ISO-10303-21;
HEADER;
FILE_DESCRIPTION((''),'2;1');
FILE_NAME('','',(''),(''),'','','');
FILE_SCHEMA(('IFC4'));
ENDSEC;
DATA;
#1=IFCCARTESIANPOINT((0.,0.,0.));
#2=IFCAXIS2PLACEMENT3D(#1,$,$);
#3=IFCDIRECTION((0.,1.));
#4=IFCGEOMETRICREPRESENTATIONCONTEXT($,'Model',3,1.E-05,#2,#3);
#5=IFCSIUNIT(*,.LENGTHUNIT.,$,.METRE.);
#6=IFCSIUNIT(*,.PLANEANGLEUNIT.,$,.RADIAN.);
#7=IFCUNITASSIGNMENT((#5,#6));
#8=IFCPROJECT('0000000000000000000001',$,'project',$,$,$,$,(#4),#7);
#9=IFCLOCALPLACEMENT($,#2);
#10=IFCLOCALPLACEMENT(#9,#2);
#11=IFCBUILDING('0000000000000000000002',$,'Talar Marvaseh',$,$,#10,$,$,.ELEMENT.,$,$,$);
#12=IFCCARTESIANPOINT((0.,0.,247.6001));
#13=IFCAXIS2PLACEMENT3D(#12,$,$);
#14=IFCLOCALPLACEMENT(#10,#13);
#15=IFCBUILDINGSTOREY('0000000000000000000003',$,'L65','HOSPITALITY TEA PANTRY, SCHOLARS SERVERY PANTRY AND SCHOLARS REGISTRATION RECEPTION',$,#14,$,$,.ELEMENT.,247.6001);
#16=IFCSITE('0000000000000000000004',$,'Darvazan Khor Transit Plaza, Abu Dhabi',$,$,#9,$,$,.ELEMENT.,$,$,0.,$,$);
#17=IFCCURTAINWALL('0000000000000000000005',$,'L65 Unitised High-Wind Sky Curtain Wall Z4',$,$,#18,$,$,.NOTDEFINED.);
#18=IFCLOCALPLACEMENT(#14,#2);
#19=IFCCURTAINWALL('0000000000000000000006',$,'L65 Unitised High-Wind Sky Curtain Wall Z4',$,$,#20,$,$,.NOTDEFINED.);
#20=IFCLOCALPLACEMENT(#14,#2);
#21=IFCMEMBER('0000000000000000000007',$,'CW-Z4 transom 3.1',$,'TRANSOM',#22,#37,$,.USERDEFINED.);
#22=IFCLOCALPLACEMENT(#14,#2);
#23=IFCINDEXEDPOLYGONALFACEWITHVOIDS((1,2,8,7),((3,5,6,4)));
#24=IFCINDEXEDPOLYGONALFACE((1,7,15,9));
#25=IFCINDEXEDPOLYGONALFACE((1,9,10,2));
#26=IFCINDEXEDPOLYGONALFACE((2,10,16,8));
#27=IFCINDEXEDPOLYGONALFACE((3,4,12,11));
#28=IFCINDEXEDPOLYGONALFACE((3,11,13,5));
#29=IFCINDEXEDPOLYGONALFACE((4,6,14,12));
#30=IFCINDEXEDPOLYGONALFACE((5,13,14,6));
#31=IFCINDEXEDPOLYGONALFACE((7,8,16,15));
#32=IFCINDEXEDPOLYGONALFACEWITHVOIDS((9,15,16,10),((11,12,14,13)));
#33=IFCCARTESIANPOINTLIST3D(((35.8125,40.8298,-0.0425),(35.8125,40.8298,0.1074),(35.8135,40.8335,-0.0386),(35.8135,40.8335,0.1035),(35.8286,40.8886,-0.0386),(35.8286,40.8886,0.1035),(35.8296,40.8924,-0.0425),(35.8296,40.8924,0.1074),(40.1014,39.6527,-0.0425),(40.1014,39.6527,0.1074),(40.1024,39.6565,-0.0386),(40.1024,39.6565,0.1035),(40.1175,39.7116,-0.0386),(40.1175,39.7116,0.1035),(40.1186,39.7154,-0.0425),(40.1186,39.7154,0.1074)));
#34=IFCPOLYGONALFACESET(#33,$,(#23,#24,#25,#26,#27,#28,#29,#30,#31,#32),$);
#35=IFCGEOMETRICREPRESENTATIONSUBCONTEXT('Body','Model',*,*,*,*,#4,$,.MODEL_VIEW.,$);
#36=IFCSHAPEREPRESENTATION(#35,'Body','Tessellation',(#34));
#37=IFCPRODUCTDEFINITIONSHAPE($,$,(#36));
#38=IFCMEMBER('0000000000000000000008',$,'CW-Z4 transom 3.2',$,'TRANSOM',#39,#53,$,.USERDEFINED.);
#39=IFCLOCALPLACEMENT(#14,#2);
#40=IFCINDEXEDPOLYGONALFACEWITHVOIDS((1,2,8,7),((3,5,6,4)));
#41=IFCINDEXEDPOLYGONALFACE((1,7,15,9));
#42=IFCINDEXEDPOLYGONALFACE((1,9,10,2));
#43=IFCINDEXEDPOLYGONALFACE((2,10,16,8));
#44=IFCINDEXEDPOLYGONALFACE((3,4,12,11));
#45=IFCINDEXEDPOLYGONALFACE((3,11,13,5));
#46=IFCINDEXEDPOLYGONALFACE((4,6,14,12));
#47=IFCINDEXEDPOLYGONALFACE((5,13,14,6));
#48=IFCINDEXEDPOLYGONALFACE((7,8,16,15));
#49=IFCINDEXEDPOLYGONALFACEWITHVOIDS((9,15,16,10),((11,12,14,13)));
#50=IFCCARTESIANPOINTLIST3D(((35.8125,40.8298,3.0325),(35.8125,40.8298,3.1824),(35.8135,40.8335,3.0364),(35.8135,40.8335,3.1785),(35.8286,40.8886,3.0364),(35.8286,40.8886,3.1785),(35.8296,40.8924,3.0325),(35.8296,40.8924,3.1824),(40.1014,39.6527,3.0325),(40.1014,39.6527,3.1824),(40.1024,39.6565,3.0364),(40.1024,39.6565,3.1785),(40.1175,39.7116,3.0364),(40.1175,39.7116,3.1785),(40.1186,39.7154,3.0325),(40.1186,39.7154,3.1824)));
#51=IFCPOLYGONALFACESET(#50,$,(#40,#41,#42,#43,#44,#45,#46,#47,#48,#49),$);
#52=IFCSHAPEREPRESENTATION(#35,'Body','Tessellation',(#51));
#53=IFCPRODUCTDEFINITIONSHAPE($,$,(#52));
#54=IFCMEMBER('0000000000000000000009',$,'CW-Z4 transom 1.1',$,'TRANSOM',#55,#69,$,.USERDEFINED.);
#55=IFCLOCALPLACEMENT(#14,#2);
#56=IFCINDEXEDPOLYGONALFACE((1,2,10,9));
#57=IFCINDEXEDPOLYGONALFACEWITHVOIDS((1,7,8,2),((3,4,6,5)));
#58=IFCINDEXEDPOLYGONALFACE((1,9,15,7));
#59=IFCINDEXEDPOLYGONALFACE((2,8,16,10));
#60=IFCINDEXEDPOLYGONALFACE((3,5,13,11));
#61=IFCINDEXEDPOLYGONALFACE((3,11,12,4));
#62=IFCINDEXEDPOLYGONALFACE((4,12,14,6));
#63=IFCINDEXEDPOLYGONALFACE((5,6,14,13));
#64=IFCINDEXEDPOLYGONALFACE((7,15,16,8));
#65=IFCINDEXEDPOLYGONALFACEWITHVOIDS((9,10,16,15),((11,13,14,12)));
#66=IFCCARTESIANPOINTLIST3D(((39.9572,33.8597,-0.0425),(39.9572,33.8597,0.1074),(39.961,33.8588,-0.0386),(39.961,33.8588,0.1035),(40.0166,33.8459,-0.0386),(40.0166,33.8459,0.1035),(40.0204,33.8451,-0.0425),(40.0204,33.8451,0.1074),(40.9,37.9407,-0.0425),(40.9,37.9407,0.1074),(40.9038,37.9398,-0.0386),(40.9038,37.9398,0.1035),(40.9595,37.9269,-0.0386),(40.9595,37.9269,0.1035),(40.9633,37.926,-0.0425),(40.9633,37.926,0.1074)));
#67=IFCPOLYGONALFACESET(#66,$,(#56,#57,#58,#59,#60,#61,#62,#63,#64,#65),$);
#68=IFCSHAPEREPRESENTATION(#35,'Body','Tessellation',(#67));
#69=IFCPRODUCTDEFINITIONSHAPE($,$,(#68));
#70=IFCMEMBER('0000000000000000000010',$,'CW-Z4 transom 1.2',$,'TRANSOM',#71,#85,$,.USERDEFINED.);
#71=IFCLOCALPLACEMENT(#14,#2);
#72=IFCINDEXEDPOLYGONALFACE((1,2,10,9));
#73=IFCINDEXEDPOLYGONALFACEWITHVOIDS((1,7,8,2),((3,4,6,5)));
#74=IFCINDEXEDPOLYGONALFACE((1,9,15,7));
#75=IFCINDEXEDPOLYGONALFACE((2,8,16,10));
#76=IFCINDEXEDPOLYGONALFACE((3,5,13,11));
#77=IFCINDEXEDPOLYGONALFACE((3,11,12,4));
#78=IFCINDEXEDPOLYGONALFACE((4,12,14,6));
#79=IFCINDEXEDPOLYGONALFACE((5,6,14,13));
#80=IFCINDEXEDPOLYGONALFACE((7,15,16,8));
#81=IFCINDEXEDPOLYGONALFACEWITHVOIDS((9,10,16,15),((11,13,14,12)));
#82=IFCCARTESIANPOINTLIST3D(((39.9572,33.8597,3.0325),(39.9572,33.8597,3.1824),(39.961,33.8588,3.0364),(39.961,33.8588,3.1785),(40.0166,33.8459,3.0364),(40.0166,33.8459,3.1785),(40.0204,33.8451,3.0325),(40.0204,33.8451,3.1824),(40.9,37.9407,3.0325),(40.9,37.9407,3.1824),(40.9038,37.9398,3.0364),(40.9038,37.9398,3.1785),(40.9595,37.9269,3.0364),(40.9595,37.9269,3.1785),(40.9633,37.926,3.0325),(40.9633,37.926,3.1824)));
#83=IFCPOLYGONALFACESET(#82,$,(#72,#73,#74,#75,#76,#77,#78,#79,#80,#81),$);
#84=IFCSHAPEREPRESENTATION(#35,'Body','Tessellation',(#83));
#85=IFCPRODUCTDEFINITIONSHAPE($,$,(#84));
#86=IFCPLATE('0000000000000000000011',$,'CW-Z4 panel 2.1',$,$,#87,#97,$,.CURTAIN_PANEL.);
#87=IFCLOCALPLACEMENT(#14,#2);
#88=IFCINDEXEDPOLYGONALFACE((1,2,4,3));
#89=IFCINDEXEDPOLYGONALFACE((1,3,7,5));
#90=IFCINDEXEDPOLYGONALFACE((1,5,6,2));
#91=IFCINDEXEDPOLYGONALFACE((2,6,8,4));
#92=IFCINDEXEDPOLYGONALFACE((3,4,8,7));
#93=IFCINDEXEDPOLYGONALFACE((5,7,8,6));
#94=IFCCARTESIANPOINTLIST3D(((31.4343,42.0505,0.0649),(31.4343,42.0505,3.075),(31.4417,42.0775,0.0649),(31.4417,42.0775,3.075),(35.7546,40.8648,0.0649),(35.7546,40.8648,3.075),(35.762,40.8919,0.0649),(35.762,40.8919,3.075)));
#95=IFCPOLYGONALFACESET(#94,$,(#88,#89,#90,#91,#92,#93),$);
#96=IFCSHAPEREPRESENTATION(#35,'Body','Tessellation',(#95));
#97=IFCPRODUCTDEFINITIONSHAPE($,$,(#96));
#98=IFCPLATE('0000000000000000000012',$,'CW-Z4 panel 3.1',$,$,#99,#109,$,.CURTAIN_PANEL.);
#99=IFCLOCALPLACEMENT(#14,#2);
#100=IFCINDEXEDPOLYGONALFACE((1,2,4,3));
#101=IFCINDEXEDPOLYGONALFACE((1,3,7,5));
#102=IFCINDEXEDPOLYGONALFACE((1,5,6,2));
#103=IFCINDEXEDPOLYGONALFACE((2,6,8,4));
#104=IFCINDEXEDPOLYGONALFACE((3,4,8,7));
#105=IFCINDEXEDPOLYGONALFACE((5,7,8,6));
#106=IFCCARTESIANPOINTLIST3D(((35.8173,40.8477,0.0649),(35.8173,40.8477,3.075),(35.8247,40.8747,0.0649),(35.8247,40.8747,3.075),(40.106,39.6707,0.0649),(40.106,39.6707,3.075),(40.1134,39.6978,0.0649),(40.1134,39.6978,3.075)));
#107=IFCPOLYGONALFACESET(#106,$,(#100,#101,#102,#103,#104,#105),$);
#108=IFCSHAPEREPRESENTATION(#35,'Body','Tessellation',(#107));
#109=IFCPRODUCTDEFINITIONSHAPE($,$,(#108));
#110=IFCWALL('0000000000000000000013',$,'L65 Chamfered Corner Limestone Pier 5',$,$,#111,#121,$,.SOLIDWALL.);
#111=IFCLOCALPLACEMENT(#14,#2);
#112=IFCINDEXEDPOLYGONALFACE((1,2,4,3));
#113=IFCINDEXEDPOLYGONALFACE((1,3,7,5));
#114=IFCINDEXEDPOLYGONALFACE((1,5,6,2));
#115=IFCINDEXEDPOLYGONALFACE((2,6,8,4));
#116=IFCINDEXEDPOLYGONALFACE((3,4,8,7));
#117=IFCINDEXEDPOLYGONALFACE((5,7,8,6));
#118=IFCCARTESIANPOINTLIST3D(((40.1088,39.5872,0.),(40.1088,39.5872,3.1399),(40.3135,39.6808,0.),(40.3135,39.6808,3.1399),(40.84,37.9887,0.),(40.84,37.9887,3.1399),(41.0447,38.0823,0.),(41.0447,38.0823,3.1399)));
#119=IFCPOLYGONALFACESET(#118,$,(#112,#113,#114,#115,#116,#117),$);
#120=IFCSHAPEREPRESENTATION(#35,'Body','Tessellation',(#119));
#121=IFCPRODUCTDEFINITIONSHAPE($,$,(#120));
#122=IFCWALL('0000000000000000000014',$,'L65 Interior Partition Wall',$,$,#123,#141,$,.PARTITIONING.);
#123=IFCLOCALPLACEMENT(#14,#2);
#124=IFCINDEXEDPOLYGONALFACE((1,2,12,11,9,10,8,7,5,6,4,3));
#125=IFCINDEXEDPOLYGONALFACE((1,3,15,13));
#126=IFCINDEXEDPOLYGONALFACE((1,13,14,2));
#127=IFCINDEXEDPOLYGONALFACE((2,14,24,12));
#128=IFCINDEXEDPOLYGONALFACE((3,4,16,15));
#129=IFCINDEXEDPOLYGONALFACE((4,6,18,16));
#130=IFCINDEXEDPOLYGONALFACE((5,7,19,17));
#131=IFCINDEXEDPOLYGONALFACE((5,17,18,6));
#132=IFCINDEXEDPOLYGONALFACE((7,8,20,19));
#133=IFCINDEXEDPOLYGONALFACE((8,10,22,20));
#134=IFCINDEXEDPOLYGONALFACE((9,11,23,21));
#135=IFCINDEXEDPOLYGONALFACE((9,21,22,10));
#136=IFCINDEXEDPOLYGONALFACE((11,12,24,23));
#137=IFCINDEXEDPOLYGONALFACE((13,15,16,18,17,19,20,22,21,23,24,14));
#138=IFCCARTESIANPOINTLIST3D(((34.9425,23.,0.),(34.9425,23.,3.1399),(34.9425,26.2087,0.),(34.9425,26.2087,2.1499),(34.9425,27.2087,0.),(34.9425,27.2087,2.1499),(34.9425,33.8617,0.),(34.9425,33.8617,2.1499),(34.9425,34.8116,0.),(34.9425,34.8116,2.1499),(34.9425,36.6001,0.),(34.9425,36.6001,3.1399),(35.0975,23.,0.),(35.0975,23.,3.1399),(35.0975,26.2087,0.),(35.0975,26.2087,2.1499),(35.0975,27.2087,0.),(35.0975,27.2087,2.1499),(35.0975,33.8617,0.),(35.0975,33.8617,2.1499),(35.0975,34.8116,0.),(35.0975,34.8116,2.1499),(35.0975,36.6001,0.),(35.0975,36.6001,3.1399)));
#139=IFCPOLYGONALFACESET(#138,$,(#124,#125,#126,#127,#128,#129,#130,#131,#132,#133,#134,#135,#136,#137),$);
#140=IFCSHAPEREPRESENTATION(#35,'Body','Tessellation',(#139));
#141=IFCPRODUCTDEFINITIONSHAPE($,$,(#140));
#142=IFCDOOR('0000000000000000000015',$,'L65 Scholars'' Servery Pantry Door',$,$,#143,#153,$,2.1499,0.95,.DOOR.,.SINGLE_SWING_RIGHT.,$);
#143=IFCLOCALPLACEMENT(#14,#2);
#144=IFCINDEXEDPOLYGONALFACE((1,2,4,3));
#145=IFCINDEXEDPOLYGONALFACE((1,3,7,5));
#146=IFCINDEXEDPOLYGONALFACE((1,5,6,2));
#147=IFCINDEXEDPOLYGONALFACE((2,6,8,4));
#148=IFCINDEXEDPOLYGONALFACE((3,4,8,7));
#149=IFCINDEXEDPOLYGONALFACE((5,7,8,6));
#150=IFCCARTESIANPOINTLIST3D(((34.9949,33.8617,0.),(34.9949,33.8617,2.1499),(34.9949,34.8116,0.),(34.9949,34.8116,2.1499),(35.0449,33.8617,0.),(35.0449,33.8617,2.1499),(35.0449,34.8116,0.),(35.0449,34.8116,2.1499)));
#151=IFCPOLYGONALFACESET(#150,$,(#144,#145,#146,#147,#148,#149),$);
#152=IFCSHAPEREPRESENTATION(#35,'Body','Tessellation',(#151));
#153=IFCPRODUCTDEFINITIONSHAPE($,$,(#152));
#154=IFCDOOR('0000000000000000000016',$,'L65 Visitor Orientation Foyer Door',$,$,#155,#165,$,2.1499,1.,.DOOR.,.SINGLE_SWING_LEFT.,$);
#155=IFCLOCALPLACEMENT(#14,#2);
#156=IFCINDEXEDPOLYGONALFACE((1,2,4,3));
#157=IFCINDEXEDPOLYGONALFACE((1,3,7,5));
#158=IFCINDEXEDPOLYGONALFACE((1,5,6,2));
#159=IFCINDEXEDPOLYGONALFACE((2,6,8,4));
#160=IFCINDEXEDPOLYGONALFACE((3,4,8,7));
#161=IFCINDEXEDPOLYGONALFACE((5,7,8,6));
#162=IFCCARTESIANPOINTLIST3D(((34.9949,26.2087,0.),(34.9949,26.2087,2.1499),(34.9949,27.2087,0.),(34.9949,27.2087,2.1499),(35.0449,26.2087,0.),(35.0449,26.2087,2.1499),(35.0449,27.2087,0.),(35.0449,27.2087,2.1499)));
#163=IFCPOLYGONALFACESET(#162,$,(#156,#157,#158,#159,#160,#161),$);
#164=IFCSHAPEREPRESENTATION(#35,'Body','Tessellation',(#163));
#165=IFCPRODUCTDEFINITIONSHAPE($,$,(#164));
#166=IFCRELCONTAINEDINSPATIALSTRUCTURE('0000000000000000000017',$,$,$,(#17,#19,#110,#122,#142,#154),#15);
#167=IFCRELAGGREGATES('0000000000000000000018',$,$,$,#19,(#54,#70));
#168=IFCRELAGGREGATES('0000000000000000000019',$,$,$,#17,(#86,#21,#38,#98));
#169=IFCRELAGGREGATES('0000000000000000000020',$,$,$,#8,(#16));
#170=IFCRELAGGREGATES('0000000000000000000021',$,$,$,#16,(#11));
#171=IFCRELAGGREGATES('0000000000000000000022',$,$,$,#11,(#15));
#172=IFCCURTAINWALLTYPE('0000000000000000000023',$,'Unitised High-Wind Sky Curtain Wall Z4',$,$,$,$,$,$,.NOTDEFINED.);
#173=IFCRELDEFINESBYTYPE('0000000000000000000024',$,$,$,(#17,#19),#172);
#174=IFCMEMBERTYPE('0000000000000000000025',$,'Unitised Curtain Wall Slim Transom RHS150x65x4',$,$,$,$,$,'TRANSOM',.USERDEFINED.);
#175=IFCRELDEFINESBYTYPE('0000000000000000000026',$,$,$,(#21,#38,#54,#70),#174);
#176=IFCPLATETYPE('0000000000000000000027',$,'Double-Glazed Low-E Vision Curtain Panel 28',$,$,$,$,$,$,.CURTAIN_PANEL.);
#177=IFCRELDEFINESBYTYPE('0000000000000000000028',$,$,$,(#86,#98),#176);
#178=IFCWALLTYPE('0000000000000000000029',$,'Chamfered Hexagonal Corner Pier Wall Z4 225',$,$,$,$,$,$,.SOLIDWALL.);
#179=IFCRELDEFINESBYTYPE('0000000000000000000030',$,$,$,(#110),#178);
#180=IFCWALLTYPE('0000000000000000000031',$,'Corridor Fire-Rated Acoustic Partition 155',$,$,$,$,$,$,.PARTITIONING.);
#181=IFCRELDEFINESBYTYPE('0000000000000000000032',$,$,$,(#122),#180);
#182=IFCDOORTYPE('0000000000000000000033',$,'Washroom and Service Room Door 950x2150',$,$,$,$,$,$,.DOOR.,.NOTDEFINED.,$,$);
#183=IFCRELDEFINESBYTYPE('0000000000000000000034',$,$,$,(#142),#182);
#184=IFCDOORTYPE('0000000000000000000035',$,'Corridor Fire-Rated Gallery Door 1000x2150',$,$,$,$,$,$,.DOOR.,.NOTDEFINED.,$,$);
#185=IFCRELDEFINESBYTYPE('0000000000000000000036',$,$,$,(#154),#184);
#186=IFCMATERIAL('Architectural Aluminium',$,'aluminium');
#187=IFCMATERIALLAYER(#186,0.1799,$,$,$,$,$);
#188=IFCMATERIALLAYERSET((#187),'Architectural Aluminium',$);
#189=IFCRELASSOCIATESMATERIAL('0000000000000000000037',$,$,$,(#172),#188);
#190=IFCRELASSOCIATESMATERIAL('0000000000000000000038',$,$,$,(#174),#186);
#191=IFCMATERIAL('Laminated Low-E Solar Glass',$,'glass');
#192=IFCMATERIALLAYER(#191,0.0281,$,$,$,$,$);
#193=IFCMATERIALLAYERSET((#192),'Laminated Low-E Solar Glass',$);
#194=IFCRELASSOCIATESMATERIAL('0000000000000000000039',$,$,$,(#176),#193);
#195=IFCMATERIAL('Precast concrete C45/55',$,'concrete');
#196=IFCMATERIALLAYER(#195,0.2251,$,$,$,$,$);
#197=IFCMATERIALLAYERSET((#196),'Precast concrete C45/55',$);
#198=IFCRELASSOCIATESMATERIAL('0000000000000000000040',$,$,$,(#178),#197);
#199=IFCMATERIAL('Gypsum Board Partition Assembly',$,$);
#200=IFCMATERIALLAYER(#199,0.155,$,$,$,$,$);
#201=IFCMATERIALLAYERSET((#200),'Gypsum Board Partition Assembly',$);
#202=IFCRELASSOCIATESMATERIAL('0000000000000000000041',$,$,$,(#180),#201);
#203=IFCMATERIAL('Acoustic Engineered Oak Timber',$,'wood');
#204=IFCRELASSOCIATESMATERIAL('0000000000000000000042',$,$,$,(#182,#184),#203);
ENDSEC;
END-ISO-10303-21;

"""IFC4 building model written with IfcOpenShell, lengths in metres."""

from ifc_helpers import new_model, si_unit, direction, frame, frame_2d, origin, origin_2d, place, context, subcontext, project, spatial, rectangle, hollow_rectangle, extrude, source, transform, mapped, material, layer, layer_set, material_profile, profile_set, type_object, type_shapes, element, fill, aggregate, save


model = new_model("IFC4")

# Units and contexts
model_context = context("Model", 3, precision=1e-05, world=origin(), true_north=direction((0.0, 1.0)))
body_context = subcontext(model_context, "Body", "Model", "MODEL_VIEW")
ifc_project = project(units=[si_unit("LENGTHUNIT", "METRE"), si_unit("PLANEANGLEUNIT", "RADIAN")], contexts=[model_context])

# Site, building, storey
site_placement = place(None, origin())
site = spatial("IfcSite", under=ifc_project, at=site_placement, Name="Darvazan Khor Transit Plaza, Abu Dhabi", CompositionType="ELEMENT", RefElevation=0.0)
building_placement = place(site_placement, origin())
building = spatial("IfcBuilding", under=site, at=building_placement, Name="Talar Marvaseh", CompositionType="ELEMENT")
storey_placement = place(building_placement, frame((0.0, 0.0, 247.6001)))
storey = spatial("IfcBuildingStorey", under=building, at=storey_placement, Name="L65", Description="HOSPITALITY TEA PANTRY, SCHOLARS SERVERY PANTRY AND SCHOLARS REGISTRATION RECEPTION", CompositionType="ELEMENT", Elevation=247.6001)

# Curtain wall
ifc_material_1 = material(Name="Architectural Aluminium", Category="aluminium")
ifc_layer_1 = layer(ifc_material_1, 0.1799)
ifc_layer_set_1 = layer_set([ifc_layer_1], Name="Architectural Aluminium")
curtain_wall_type = type_object("IfcCurtainWallType", Name="Unitised High-Wind Sky Curtain Wall Z4", PredefinedType="NOTDEFINED", material=ifc_layer_set_1)
curtain_wall_1_placement = place(storey_placement, origin())
curtain_wall_1 = element("IfcCurtainWall", 1, at=curtain_wall_1_placement, inside=storey, type_object=curtain_wall_type, Name="L65 Unitised High-Wind Sky Curtain Wall Z4", PredefinedType="NOTDEFINED")

# Curtain wall
curtain_wall_2_placement = place(storey_placement, origin())
curtain_wall_2 = element("IfcCurtainWall", 2, at=curtain_wall_2_placement, inside=storey, type_object=curtain_wall_type, Name="L65 Unitised High-Wind Sky Curtain Wall Z4", PredefinedType="NOTDEFINED")

# Members
ifc_material_profile_1 = material_profile(ifc_material_1, hollow_rectangle(XDim=0.0649, YDim=0.1499, WallThickness=0.0039, at=origin_2d()), Name="RHS150x65x4")
ifc_profile_set_1 = profile_set([ifc_material_profile_1], Name="Architectural Aluminium")
member_type_1 = type_object("IfcMemberType", Name="Unitised Curtain Wall Slim Transom RHS150x65x4", ElementType="TRANSOM", PredefinedType="USERDEFINED", material=ifc_profile_set_1)
shared_shape_1 = source(origin(), body_context, "Body", "SweptSolid", [
    extrude(hollow_rectangle(XDim=0.0649, YDim=0.1499, WallThickness=0.0039, at=origin_2d()), origin(), (0.0, 0.0, 1.0), 4.4475),
])
member_1_placement = place(storey_placement, frame((35.821, 40.8611, 0.0325), z_axis=(0.964345, -0.26465, 0.0), x_axis=(0.26465, 0.964345, 0.0)))
member_1 = element("IfcMember", 3, at=member_1_placement, type_object=member_type_1, Name="CW-Z4 transom 3.1", ObjectType="TRANSOM", PredefinedType="USERDEFINED", context=body_context, shape_type="MappedRepresentation", body=[
    mapped(shared_shape_1, transform((0.0, 0.0, 0.0), x_axis=(1.0, 0.0, 0.0), y_axis=(0.0, 1.0, 0.0), z_axis=(0.0, 0.0, 1.0), scale=1.0)),
])
member_2_placement = place(storey_placement, frame((35.821, 40.8611, 3.1074), z_axis=(0.964345, -0.26465, 0.0), x_axis=(0.26465, 0.964345, 0.0)))
member_2 = element("IfcMember", 4, at=member_2_placement, type_object=member_type_1, Name="CW-Z4 transom 3.2", ObjectType="TRANSOM", PredefinedType="USERDEFINED", context=body_context, shape_type="MappedRepresentation", body=[
    mapped(shared_shape_1, transform((0.0, 0.0, 0.0), x_axis=(1.0, 0.0, 0.0), y_axis=(0.0, 1.0, 0.0), z_axis=(0.0, 0.0, 1.0), scale=1.0)),
])
shared_shape_2 = source(origin(), body_context, "Body", "SweptSolid", [
    extrude(hollow_rectangle(XDim=0.0649, YDim=0.1499, WallThickness=0.0039, at=origin_2d()), origin(), (0.0, 0.0, 1.0), 4.1885),
])
type_shapes(member_type_1, [shared_shape_1, shared_shape_2])
member_3_placement = place(storey_placement, frame((40.9316, 37.9333, 0.0325), z_axis=(-0.225106, -0.974334, 0.0), x_axis=(0.974334, -0.225106, 0.0)))
member_3 = element("IfcMember", 5, at=member_3_placement, type_object=member_type_1, Name="CW-Z4 transom 1.1", ObjectType="TRANSOM", PredefinedType="USERDEFINED", context=body_context, shape_type="MappedRepresentation", body=[
    mapped(shared_shape_2, transform((0.0, 0.0, 0.0), x_axis=(1.0, 0.0, 0.0), y_axis=(0.0, 1.0, 0.0), z_axis=(0.0, 0.0, 1.0), scale=1.0)),
])
member_4_placement = place(storey_placement, frame((40.9316, 37.9333, 3.1074), z_axis=(-0.225106, -0.974334, 0.0), x_axis=(0.974334, -0.225106, 0.0)))
member_4 = element("IfcMember", 6, at=member_4_placement, type_object=member_type_1, Name="CW-Z4 transom 1.2", ObjectType="TRANSOM", PredefinedType="USERDEFINED", context=body_context, shape_type="MappedRepresentation", body=[
    mapped(shared_shape_2, transform((0.0, 0.0, 0.0), x_axis=(1.0, 0.0, 0.0), y_axis=(0.0, 1.0, 0.0), z_axis=(0.0, 0.0, 1.0), scale=1.0)),
])
aggregate(curtain_wall_2, [member_3, member_4])

# Plates
ifc_material_2 = material(Name="Laminated Low-E Solar Glass", Category="glass")
ifc_layer_2 = layer(ifc_material_2, 0.0281)
ifc_layer_set_2 = layer_set([ifc_layer_2], Name="Laminated Low-E Solar Glass")
plate_type = type_object("IfcPlateType", Name="Double-Glazed Low-E Vision Curtain Panel 28", PredefinedType="CURTAIN_PANEL", material=ifc_layer_set_2)
shared_shape_3 = source(origin(), body_context, "Body", "SweptSolid", [
    extrude(rectangle(XDim=4.48, YDim=0.0281, at=origin_2d()), origin(), (0.0, 0.0, 1.0), 3.01),
])
plate_1_placement = place(storey_placement, frame((33.5981, 41.4712, 0.0649), z_axis=(0.0, 0.0, 1.0), x_axis=(0.964345, -0.264649, 0.0)))
plate_1 = element("IfcPlate", 7, at=plate_1_placement, type_object=plate_type, Name="CW-Z4 panel 2.1", PredefinedType="CURTAIN_PANEL", context=body_context, shape_type="MappedRepresentation", body=[
    mapped(shared_shape_3, transform((0.0, 0.0, 0.0), x_axis=(1.0, 0.0, 0.0), y_axis=(0.0, 1.0, 0.0), z_axis=(0.0, 0.0, 1.0), scale=1.0)),
])
shared_shape_4 = source(origin(), body_context, "Body", "SweptSolid", [
    extrude(rectangle(XDim=4.4473, YDim=0.0281, at=origin_2d()), origin(), (0.0, 0.0, 1.0), 3.01),
])
type_shapes(plate_type, [shared_shape_3, shared_shape_4])
plate_2_placement = place(storey_placement, frame((37.9653, 40.2727, 0.0649), z_axis=(0.0, 0.0, 1.0), x_axis=(0.964345, -0.264649, 0.0)))
plate_2 = element("IfcPlate", 8, at=plate_2_placement, type_object=plate_type, Name="CW-Z4 panel 3.1", PredefinedType="CURTAIN_PANEL", context=body_context, shape_type="MappedRepresentation", body=[
    mapped(shared_shape_4, transform((0.0, 0.0, 0.0), x_axis=(1.0, 0.0, 0.0), y_axis=(0.0, 1.0, 0.0), z_axis=(0.0, 0.0, 1.0), scale=1.0)),
])
aggregate(curtain_wall_1, [plate_1, member_1, member_2, plate_2])

# Wall
ifc_material_3 = material(Name="Precast concrete C45/55", Category="concrete")
ifc_layer_3 = layer(ifc_material_3, 0.2251)
ifc_layer_set_3 = layer_set([ifc_layer_3], Name="Precast concrete C45/55")
wall_type_1 = type_object("IfcWallType", Name="Chamfered Hexagonal Corner Pier Wall Z4 225", PredefinedType="SOLIDWALL", material=ifc_layer_set_3)
wall_1_placement = place(storey_placement, frame((40.2112, 39.634, 0.0), z_axis=(0.0, 0.0, 1.0), x_axis=(0.415947, -0.909389, 0.0)))
element("IfcWall", 9, at=wall_1_placement, inside=storey, type_object=wall_type_1, Name="L65 Chamfered Corner Limestone Pier 5", PredefinedType="SOLIDWALL", context=body_context, shape_type="SweptSolid", body=[
    extrude(rectangle(XDim=1.7578, YDim=0.2251, at=frame_2d((0.8789, 0.0))), origin(), (0.0, 0.0, 1.0), 3.1399),
])

# Wall, openings, doors
ifc_material_4 = material(Name="Gypsum Board Partition Assembly")
ifc_layer_4 = layer(ifc_material_4, 0.155)
ifc_layer_set_4 = layer_set([ifc_layer_4], Name="Gypsum Board Partition Assembly")
wall_type_2 = type_object("IfcWallType", Name="Corridor Fire-Rated Acoustic Partition 155", PredefinedType="PARTITIONING", material=ifc_layer_set_4)
wall_2_placement = place(storey_placement, frame((35.02, 36.6001, 0.0), z_axis=(0.0, 0.0, 1.0), x_axis=(0.0, -1.0, 0.0)))
wall_2 = element("IfcWall", 10, at=wall_2_placement, inside=storey, type_object=wall_type_2, Name="L65 Interior Partition Wall", PredefinedType="PARTITIONING", context=body_context, shape_type="SweptSolid", body=[
    extrude(rectangle(XDim=13.6001, YDim=0.155, at=frame_2d((6.8, 0.0))), origin(), (0.0, 0.0, 1.0), 3.1399),
])
opening_1_placement = place(wall_2_placement, frame((9.3914, 0.0, 0.0)))
opening_1 = element("IfcOpeningElement", 11, at=opening_1_placement, cuts=wall_2, PredefinedType="OPENING", context=body_context, shape_type="SweptSolid", body=[
    extrude(rectangle(XDim=1.0, YDim=2.1499, at=frame_2d((0.5, 1.075))), frame((0.0, 0.0874, 0.0), z_axis=(0.0, -1.0, 0.0), x_axis=(1.0, 0.0, 0.0)), (0.0, 0.0, 1.0), 0.175),
])
opening_2_placement = place(wall_2_placement, frame((1.7883, 0.0, 0.0)))
opening_2 = element("IfcOpeningElement", 12, at=opening_2_placement, cuts=wall_2, PredefinedType="OPENING", context=body_context, shape_type="SweptSolid", body=[
    extrude(rectangle(XDim=0.95, YDim=2.1499, at=frame_2d((0.4751, 1.075))), frame((0.0, 0.0874, 0.0), z_axis=(0.0, -1.0, 0.0), x_axis=(1.0, 0.0, 0.0)), (0.0, 0.0, 1.0), 0.175),
])
ifc_material_5 = material(Name="Acoustic Engineered Oak Timber", Category="wood")
door_type_1 = type_object("IfcDoorType", Name="Washroom and Service Room Door 950x2150", OperationType="NOTDEFINED", PredefinedType="DOOR", material=ifc_material_5)
shared_shape_5 = source(origin(), body_context, "Body", "SweptSolid", [
    extrude(rectangle(XDim=0.95, YDim=2.1499, at=frame_2d((0.4751, 1.075))), frame((0.0, 0.0249, 0.0), z_axis=(0.0, -1.0, 0.0), x_axis=(1.0, 0.0, 0.0)), (0.0, 0.0, 1.0), 0.05),
])
type_shapes(door_type_1, [shared_shape_5])
door_1_placement = place(opening_2_placement, origin())
door_1 = element("IfcDoor", 13, at=door_1_placement, inside=storey, type_object=door_type_1, Name="L65 Scholars' Servery Pantry Door", OperationType="SINGLE_SWING_RIGHT", OverallHeight=2.1499, OverallWidth=0.95, PredefinedType="DOOR", context=body_context, shape_type="MappedRepresentation", body=[
    mapped(shared_shape_5, transform((0.0, 0.0, 0.0), x_axis=(1.0, 0.0, 0.0), y_axis=(0.0, 1.0, 0.0), z_axis=(0.0, 0.0, 1.0), scale=1.0)),
])
fill(opening_2, door_1)
door_type_2 = type_object("IfcDoorType", Name="Corridor Fire-Rated Gallery Door 1000x2150", OperationType="NOTDEFINED", PredefinedType="DOOR", material=ifc_material_5)
shared_shape_6 = source(origin(), body_context, "Body", "SweptSolid", [
    extrude(rectangle(XDim=1.0, YDim=2.1499, at=frame_2d((0.5, 1.075))), frame((0.0, 0.0249, 0.0), z_axis=(0.0, -1.0, 0.0), x_axis=(1.0, 0.0, 0.0)), (0.0, 0.0, 1.0), 0.05),
])
type_shapes(door_type_2, [shared_shape_6])
door_2_placement = place(opening_1_placement, origin())
door_2 = element("IfcDoor", 14, at=door_2_placement, inside=storey, type_object=door_type_2, Name="L65 Visitor Orientation Foyer Door", OperationType="SINGLE_SWING_LEFT", OverallHeight=2.1499, OverallWidth=1.0, PredefinedType="DOOR", context=body_context, shape_type="MappedRepresentation", body=[
    mapped(shared_shape_6, transform((0.0, 0.0, 0.0), x_axis=(1.0, 0.0, 0.0), y_axis=(0.0, 1.0, 0.0), z_axis=(0.0, 0.0, 1.0), scale=1.0)),
])
fill(opening_1, door_2)

save(model, "model.ifc")
